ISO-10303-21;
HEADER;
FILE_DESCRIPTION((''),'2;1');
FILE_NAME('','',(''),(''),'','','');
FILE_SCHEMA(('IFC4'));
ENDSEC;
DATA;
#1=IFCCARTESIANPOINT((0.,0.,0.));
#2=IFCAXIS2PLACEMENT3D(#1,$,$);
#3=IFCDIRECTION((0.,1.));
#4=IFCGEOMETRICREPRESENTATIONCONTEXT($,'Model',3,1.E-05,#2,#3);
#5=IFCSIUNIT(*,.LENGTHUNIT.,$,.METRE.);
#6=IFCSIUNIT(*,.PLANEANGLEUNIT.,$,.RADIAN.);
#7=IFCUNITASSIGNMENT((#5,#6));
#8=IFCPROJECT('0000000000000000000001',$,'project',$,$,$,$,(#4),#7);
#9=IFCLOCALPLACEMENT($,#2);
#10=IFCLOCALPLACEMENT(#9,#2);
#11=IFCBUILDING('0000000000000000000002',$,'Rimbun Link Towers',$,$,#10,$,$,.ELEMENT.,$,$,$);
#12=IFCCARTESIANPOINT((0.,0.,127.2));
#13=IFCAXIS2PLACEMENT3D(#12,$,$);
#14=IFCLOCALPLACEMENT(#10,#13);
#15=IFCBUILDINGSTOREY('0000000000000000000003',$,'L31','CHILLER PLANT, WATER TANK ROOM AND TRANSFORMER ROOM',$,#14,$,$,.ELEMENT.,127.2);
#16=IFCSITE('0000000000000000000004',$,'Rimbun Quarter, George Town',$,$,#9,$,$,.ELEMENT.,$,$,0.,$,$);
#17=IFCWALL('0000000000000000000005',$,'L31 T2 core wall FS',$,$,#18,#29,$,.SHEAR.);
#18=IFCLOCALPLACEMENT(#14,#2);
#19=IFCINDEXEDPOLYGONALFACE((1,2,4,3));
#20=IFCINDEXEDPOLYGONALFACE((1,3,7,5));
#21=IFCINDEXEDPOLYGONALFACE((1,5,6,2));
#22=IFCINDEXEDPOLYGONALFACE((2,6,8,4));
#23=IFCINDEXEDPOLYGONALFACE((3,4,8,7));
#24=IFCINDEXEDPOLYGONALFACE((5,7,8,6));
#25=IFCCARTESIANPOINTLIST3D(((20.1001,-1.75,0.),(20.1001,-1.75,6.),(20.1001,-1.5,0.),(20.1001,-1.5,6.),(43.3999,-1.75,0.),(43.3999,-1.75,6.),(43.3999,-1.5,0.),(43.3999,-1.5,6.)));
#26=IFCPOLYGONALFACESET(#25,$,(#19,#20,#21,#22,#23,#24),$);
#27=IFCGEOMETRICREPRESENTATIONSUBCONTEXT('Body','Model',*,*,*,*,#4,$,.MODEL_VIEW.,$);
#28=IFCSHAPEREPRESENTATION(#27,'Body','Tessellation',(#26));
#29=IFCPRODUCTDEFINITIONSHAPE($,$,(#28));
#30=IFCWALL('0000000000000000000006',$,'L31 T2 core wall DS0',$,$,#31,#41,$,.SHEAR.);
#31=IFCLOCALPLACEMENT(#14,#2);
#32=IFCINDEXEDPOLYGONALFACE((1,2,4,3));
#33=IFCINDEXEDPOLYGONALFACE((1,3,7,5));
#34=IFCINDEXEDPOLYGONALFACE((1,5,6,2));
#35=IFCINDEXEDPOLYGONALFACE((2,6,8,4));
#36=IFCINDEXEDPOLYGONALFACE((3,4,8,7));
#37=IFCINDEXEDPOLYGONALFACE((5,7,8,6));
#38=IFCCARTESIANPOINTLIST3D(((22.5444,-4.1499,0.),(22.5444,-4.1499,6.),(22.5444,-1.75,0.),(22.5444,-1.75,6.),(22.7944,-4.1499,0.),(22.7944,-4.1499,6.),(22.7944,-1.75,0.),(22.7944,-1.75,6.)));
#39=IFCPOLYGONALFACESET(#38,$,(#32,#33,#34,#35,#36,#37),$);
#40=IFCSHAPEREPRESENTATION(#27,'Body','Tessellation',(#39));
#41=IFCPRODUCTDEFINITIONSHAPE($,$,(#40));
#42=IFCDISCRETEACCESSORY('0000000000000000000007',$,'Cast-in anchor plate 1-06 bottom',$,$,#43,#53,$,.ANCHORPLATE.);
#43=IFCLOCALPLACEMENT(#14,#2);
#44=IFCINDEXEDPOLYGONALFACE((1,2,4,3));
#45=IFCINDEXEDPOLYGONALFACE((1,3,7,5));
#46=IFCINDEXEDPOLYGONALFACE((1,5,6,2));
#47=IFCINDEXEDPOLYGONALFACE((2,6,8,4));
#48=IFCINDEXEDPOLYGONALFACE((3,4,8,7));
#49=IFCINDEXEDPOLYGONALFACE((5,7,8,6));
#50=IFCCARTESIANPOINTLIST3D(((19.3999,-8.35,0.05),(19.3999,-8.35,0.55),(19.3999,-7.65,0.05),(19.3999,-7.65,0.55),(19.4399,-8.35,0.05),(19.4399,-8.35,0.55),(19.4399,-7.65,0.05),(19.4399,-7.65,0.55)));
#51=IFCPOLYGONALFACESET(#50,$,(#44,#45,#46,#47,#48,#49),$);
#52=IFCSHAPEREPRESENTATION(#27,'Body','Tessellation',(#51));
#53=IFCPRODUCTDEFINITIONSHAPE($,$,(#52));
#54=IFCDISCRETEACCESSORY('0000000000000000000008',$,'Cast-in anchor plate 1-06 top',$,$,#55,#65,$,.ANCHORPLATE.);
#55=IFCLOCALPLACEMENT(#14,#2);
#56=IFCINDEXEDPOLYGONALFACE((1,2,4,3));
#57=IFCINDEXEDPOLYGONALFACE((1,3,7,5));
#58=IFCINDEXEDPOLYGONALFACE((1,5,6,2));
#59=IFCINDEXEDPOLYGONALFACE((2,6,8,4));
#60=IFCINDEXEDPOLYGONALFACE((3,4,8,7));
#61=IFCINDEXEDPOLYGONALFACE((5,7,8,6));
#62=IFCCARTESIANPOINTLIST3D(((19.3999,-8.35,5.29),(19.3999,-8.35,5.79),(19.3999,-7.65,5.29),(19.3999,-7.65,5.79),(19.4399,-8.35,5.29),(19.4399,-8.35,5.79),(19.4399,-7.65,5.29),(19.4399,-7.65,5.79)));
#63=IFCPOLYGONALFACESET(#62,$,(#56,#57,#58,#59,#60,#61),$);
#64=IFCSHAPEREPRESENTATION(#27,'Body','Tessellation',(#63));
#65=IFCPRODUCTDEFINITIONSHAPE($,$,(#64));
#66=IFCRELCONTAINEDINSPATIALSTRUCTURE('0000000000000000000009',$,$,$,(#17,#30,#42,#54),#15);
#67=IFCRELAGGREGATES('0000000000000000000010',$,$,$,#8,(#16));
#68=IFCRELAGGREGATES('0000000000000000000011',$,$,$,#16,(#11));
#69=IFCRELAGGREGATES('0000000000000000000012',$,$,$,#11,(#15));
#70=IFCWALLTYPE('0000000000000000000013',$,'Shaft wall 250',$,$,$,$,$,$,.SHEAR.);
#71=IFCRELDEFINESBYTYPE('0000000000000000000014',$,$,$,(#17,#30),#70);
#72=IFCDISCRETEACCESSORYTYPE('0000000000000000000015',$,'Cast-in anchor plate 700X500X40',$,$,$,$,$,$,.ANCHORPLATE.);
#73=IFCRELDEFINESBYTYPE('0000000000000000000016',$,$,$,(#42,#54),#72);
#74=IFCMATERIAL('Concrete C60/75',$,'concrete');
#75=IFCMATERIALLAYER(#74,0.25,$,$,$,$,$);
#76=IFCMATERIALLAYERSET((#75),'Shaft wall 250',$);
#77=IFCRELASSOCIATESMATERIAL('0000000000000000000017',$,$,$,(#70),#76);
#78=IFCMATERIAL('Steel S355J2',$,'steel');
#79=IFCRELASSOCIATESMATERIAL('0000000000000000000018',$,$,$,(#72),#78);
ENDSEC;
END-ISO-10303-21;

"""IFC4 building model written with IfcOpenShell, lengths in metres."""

from ifc_helpers import new_model, si_unit, direction, frame, frame_2d, origin, origin_2d, place, context, subcontext, project, spatial, rectangle, extrude, material, layer, layer_set, material_profile, profile_set, type_object, element, save


model = new_model("IFC4")

# Units and contexts
model_context = context("Model", 3, precision=1e-05, world=origin(), true_north=direction((0.0, 1.0)))
body_context = subcontext(model_context, "Body", "Model", "MODEL_VIEW")
ifc_project = project(units=[si_unit("LENGTHUNIT", "METRE"), si_unit("PLANEANGLEUNIT", "RADIAN")], contexts=[model_context])

# Site, building, storey
site_placement = place(None, origin())
site = spatial("IfcSite", under=ifc_project, at=site_placement, Name="Rimbun Quarter, George Town", CompositionType="ELEMENT", RefElevation=0.0)
building_placement = place(site_placement, origin())
building = spatial("IfcBuilding", under=site, at=building_placement, Name="Rimbun Link Towers", CompositionType="ELEMENT")
storey_placement = place(building_placement, frame((0.0, 0.0, 127.2)))
storey = spatial("IfcBuildingStorey", under=building, at=storey_placement, Name="L31", Description="CHILLER PLANT, WATER TANK ROOM AND TRANSFORMER ROOM", CompositionType="ELEMENT", Elevation=127.2)

# Walls
ifc_material_1 = material(Name="Concrete C60/75", Category="concrete")
ifc_layer_1 = layer(ifc_material_1, 0.25)
ifc_layer_set_1 = layer_set([ifc_layer_1], Name="Shaft wall 250")
wall_type_1 = type_object("IfcWallType", Name="Shaft wall 250", PredefinedType="SHEAR", material=ifc_layer_set_1)
for number, where, z_axis, x_axis, name in (
    (1, (20.1001, -1.625, 0.0), (0.0, 0.0, 1.0), (1.0, 0.0, 0.0), "L31 T2 core wall FS"),
):
    element("IfcWall", number, at=place(storey_placement, frame(where, z_axis=z_axis, x_axis=x_axis)), inside=storey, type_object=wall_type_1, Name=name, PredefinedType="SHEAR", context=body_context, shape_type="SweptSolid", body=[
        extrude(rectangle(XDim=23.2998, YDim=0.25, at=frame_2d((11.6499, 0.0))), origin(), (0.0, 0.0, 1.0), 6.0),
    ])
wall_1_placement = place(storey_placement, frame((22.6694, -4.1499, 0.0), z_axis=(0.0, 0.0, 1.0), x_axis=(0.0, 1.0, 0.0)))
element("IfcWall", 2, at=wall_1_placement, inside=storey, type_object=wall_type_1, Name="L31 T2 core wall DS0", PredefinedType="SHEAR", context=body_context, shape_type="SweptSolid", body=[
    extrude(rectangle(XDim=2.3999, YDim=0.25, at=frame_2d((1.2, 0.0))), origin(), (0.0, 0.0, 1.0), 6.0),
])

# Discrete accessories
ifc_material_2 = material(Name="Steel S355J2", Category="steel")
ifc_material_profile_1 = material_profile(ifc_material_2, rectangle(XDim=0.7, YDim=0.5, at=origin_2d()), Name="PL 700x500")
ifc_profile_set_1 = profile_set([ifc_material_profile_1], Name="Steel S355J2")
discrete_accessory_type = type_object("IfcDiscreteAccessoryType", Name="Cast-in anchor plate 700X500X40", PredefinedType="ANCHORPLATE", material=ifc_profile_set_1)
for number, where, z_axis, x_axis, name in (
    (3, (19.4399, -8.0, 0.3), (-1.0, 0.0, 0.0), (0.0, -1.0, 0.0), "Cast-in anchor plate 1-06 bottom"),
    (4, (19.4399, -8.0, 5.54), (-1.0, 0.0, 0.0), (0.0, -1.0, 0.0), "Cast-in anchor plate 1-06 top"),
):
    element("IfcDiscreteAccessory", number, at=place(storey_placement, frame(where, z_axis=z_axis, x_axis=x_axis)), inside=storey, type_object=discrete_accessory_type, Name=name, PredefinedType="ANCHORPLATE", context=body_context, shape_type="SweptSolid", body=[
        extrude(rectangle(XDim=0.7, YDim=0.5, at=origin_2d()), origin(), (0.0, 0.0, 1.0), 0.04),
    ])

save(model, "model.ifc")
